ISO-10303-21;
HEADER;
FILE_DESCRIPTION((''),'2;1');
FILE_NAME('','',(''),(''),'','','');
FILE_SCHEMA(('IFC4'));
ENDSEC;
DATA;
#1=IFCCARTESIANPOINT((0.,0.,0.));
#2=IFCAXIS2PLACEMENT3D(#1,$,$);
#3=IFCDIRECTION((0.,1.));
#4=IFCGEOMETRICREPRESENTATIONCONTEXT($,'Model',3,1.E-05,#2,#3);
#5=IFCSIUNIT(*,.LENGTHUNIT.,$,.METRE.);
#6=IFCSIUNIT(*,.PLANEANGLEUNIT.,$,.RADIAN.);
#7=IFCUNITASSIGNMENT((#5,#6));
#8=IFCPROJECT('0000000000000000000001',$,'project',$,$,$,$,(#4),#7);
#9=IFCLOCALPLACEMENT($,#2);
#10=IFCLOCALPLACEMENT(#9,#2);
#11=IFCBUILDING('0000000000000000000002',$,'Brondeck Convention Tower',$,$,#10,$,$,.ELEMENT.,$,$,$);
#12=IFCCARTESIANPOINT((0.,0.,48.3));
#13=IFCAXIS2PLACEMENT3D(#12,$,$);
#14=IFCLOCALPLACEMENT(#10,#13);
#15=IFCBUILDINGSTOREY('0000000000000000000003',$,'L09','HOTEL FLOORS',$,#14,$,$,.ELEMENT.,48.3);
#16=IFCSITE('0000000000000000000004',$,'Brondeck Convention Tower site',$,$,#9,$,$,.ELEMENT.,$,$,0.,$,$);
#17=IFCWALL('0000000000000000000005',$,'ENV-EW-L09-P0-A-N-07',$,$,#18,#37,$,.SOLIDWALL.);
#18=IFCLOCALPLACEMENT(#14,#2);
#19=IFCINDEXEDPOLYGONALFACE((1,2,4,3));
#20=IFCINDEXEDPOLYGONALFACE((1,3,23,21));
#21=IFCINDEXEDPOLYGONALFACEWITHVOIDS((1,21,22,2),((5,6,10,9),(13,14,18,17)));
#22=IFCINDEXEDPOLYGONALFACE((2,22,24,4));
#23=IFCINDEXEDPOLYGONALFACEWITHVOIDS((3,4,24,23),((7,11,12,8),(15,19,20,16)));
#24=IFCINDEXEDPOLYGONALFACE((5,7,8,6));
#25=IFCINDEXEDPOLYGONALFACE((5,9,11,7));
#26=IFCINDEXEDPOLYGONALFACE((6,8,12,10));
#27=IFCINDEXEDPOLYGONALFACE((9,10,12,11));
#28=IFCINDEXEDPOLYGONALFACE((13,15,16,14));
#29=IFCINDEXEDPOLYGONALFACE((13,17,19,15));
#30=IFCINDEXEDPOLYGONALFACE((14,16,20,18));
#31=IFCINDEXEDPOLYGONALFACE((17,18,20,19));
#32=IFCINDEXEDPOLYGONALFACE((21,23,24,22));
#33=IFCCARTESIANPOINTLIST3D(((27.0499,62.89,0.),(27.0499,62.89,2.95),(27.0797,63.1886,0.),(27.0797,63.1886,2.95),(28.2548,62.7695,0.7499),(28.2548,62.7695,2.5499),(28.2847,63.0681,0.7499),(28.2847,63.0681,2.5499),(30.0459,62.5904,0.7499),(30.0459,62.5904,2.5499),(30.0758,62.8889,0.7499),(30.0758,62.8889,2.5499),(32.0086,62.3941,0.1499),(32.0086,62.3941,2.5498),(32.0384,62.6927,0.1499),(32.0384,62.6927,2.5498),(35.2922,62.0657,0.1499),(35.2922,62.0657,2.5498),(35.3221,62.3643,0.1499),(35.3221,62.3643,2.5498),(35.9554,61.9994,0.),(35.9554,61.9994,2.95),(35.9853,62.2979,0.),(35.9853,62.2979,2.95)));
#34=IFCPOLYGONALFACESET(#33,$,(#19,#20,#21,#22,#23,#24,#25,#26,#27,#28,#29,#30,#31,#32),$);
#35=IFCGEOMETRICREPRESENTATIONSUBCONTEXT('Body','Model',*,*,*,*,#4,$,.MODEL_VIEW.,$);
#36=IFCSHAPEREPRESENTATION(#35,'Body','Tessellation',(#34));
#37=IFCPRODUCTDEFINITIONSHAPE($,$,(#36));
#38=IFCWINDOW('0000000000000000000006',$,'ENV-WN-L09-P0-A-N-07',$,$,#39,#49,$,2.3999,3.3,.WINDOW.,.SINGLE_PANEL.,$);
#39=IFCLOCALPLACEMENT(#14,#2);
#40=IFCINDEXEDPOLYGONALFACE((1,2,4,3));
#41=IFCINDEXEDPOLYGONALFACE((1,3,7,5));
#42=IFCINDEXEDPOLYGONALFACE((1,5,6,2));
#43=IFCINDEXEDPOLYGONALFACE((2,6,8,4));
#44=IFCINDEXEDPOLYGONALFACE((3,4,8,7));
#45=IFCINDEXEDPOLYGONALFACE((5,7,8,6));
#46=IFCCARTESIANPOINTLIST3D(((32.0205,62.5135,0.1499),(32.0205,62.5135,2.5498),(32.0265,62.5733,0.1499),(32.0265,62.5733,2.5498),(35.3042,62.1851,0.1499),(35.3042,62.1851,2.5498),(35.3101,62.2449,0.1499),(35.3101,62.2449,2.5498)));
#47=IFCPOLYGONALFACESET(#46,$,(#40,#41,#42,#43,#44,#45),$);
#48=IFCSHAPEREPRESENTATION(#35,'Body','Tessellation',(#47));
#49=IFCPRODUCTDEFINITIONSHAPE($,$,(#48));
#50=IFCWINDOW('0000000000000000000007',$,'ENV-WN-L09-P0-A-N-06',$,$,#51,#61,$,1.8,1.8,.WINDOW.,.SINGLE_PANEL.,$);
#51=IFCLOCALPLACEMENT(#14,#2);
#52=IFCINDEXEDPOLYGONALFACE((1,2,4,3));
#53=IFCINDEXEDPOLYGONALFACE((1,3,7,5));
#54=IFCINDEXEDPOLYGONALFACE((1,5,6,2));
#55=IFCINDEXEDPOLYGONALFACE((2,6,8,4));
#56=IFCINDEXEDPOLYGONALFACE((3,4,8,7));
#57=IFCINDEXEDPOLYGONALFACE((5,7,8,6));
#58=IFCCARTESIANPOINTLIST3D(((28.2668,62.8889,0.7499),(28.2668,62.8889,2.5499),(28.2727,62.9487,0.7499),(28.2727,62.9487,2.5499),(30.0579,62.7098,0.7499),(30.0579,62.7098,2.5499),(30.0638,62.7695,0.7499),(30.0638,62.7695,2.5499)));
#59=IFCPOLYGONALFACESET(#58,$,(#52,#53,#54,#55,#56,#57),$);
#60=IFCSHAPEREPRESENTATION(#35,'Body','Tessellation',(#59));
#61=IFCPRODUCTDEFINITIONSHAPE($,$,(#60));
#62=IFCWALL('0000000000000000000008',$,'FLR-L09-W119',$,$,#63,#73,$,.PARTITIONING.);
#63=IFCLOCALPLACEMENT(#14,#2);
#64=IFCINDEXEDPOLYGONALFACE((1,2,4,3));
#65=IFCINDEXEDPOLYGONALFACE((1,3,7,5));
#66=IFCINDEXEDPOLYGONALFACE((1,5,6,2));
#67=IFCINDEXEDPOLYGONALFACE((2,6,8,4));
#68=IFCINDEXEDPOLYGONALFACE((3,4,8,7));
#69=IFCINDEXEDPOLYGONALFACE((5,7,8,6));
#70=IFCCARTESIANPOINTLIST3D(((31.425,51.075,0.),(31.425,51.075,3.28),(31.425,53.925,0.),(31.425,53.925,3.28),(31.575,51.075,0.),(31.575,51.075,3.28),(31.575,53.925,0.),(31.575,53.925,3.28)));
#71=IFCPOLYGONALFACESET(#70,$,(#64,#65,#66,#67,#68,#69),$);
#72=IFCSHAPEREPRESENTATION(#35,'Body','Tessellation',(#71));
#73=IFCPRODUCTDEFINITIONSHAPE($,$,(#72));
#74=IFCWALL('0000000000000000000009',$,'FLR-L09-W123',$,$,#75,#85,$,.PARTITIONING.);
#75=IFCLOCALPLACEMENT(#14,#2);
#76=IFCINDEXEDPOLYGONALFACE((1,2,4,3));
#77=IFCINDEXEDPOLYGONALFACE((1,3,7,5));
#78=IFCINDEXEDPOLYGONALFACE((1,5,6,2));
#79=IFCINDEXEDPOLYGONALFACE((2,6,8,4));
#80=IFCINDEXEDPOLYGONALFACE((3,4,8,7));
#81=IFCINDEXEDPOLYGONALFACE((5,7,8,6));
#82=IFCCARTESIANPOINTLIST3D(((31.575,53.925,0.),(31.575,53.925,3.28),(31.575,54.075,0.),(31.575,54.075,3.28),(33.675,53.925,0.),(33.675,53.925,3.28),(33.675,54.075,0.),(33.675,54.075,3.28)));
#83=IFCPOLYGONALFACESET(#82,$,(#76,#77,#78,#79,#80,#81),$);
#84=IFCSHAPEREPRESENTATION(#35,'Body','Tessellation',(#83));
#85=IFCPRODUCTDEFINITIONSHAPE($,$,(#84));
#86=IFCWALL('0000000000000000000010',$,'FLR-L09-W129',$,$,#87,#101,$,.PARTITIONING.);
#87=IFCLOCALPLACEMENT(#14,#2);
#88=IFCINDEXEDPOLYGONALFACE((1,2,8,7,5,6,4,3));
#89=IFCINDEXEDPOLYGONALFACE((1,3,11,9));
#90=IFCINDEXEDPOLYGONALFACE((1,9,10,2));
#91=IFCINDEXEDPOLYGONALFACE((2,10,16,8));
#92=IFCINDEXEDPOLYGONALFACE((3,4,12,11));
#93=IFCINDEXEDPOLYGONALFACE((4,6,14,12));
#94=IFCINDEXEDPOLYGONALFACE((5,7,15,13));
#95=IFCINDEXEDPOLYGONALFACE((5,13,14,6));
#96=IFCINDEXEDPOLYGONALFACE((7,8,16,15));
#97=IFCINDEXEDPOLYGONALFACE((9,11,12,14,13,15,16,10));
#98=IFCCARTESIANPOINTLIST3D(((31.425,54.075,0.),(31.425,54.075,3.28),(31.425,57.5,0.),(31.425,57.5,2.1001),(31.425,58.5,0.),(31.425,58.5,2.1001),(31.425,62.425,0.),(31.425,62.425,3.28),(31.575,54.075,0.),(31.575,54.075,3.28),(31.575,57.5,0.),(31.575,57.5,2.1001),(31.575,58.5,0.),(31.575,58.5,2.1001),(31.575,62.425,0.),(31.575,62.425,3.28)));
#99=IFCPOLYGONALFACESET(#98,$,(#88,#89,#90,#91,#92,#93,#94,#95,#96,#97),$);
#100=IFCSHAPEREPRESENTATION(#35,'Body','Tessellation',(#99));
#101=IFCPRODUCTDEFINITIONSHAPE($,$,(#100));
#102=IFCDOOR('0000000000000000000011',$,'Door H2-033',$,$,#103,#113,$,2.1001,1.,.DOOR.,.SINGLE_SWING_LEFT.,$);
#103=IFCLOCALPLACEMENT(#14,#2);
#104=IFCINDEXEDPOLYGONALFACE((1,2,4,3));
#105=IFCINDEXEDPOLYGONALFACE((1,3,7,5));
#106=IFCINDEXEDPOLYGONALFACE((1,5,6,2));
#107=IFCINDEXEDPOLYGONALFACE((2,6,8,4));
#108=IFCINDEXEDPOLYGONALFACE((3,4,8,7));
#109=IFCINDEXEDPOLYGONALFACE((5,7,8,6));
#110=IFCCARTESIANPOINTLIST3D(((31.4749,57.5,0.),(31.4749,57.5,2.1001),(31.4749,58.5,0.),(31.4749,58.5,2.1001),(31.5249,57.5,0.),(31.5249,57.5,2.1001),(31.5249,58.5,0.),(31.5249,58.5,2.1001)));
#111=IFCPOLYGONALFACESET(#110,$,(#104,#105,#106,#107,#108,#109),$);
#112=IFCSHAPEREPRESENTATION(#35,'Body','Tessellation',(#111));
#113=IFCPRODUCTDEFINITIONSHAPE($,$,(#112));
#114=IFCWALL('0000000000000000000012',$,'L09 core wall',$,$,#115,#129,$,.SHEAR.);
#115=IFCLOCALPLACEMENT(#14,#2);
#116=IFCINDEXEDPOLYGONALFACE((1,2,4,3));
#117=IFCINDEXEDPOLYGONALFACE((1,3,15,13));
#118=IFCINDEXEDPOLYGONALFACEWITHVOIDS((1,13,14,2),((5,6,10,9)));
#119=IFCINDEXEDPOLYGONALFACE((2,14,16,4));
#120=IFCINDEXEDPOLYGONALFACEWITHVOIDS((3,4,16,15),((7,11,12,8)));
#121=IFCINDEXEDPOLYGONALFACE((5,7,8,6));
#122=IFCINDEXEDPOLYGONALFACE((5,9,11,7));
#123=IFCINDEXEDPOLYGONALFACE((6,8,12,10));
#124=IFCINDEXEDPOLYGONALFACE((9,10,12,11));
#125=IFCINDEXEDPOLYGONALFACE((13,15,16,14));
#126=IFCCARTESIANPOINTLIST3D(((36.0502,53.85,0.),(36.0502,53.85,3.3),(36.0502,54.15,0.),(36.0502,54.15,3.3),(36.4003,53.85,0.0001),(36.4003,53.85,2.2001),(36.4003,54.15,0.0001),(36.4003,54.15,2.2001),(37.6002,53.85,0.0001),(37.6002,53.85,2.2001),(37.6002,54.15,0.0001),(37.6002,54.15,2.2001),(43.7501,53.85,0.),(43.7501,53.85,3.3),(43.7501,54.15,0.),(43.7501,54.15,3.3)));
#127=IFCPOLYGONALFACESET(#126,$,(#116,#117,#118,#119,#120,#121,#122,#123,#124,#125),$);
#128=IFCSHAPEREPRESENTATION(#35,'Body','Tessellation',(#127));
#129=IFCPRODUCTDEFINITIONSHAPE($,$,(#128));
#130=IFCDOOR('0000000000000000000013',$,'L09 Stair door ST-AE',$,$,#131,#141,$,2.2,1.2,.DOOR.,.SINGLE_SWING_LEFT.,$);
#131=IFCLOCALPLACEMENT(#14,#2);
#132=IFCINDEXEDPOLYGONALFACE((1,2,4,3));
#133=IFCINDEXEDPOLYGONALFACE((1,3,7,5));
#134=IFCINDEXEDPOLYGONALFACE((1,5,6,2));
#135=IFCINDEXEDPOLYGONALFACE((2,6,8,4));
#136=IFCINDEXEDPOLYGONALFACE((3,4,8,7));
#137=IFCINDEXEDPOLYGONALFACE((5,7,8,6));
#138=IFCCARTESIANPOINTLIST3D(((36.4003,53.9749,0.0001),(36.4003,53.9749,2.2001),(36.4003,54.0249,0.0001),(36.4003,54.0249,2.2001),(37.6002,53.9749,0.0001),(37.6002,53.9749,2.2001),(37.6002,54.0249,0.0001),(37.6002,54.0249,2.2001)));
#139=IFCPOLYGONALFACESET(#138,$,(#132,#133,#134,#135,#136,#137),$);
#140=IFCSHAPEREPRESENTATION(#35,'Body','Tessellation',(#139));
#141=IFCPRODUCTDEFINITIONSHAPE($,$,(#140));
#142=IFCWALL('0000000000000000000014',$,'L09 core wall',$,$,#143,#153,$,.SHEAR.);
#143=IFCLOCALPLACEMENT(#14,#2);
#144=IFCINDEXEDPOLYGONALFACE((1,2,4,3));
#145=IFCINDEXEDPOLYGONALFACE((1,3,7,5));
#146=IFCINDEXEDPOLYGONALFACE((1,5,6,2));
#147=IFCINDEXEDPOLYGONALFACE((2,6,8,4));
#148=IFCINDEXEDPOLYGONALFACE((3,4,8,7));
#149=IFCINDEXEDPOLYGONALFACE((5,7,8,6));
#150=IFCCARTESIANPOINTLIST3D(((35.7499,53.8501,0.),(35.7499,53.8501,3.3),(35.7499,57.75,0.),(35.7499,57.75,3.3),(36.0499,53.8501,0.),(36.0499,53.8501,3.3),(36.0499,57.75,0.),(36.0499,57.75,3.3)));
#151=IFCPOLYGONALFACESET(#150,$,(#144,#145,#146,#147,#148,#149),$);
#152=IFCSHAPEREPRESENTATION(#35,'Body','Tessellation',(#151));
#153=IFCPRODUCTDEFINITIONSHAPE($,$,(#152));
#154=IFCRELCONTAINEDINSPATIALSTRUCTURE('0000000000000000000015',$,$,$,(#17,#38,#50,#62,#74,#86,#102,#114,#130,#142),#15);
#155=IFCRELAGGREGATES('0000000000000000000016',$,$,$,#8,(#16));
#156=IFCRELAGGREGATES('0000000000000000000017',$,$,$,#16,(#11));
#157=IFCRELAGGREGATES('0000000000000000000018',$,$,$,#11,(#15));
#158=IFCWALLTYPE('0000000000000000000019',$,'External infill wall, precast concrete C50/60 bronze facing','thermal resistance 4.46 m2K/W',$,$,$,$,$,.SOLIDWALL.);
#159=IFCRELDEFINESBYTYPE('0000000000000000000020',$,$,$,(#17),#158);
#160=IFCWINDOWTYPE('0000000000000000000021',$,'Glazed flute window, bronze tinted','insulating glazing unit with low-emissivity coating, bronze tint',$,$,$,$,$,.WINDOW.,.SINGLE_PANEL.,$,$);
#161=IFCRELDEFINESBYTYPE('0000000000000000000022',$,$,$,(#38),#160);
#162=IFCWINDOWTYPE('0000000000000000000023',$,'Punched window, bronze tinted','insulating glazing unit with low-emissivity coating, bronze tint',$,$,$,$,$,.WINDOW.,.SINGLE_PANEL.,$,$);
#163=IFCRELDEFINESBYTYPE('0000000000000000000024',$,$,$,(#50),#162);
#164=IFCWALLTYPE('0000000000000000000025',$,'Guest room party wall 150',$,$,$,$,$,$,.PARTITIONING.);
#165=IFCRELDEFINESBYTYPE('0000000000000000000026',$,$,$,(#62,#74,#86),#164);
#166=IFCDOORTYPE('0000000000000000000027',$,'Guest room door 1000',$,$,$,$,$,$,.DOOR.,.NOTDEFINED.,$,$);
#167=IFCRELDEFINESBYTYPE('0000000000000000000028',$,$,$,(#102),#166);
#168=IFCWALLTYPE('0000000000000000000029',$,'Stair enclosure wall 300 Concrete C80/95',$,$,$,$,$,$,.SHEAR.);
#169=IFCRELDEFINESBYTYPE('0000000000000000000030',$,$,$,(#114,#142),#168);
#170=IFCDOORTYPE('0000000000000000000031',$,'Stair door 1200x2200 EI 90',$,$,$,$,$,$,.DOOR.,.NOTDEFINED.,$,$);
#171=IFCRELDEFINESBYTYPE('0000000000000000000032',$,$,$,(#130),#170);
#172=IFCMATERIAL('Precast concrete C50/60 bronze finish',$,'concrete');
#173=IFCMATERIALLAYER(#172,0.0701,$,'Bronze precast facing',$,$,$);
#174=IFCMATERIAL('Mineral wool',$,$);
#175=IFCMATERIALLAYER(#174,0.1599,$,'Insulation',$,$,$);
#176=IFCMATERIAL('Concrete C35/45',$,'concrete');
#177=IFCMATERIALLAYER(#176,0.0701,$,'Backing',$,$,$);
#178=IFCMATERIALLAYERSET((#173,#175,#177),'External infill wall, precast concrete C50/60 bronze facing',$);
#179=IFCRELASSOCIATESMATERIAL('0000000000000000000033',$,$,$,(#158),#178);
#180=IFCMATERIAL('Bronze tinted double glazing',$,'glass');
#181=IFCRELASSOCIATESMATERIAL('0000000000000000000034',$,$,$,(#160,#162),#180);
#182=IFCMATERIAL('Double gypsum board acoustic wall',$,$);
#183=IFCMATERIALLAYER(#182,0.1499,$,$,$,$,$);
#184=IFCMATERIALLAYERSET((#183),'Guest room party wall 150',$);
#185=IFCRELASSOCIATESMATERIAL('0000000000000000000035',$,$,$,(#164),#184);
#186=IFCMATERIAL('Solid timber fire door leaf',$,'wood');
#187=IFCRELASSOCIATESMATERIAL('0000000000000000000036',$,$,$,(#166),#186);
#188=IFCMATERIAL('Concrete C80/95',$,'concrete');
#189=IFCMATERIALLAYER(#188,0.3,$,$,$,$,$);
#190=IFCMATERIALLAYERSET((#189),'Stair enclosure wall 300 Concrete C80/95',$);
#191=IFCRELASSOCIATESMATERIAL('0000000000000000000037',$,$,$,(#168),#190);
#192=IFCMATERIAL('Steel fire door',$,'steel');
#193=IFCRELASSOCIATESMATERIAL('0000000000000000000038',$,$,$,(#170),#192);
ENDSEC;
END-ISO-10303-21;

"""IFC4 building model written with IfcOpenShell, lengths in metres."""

from ifc_helpers import new_model, si_unit, direction, frame, frame_2d, origin, place, context, subcontext, project, spatial, rectangle, extrude, material, layer, layer_set, type_object, element, fill, save


model = new_model("IFC4")

# Units and contexts
model_context = context("Model", 3, precision=1e-05, world=origin(), true_north=direction((0.0, 1.0)))
body_context = subcontext(model_context, "Body", "Model", "MODEL_VIEW")
ifc_project = project(units=[si_unit("LENGTHUNIT", "METRE"), si_unit("PLANEANGLEUNIT", "RADIAN")], contexts=[model_context])

# Site, building, storey
site_placement = place(None, origin())
site = spatial("IfcSite", under=ifc_project, at=site_placement, Name="Brondeck Convention Tower site", CompositionType="ELEMENT", RefElevation=0.0)
building_placement = place(site_placement, origin())
building = spatial("IfcBuilding", under=site, at=building_placement, Name="Brondeck Convention Tower", CompositionType="ELEMENT")
storey_placement = place(building_placement, frame((0.0, 0.0, 48.3)))
storey = spatial("IfcBuildingStorey", under=building, at=storey_placement, Name="L09", Description="HOTEL FLOORS", CompositionType="ELEMENT", Elevation=48.3)

# Shared definitions
ifc_material_1 = material(Name="Concrete C80/95", Category="concrete")

# Wall, openings, windows
ifc_material_2 = material(Name="Precast concrete C50/60 bronze finish", Category="concrete")
ifc_layer_1 = layer(ifc_material_2, 0.0701, Name="Bronze precast facing")
ifc_material_3 = material(Name="Mineral wool")
ifc_layer_2 = layer(ifc_material_3, 0.1599, Name="Insulation")
ifc_material_4 = material(Name="Concrete C35/45", Category="concrete")
ifc_layer_3 = layer(ifc_material_4, 0.0701, Name="Backing")
ifc_layer_set_1 = layer_set([ifc_layer_1, ifc_layer_2, ifc_layer_3], Name="External infill wall, precast concrete C50/60 bronze facing")
wall_type_1 = type_object("IfcWallType", Name="External infill wall, precast concrete C50/60 bronze facing", Description="thermal resistance 4.46 m2K/W", PredefinedType="SOLIDWALL", material=ifc_layer_set_1)
ifc_material_5 = material(Name="Bronze tinted double glazing", Category="glass")
window_type_1 = type_object("IfcWindowType", Name="Glazed flute window, bronze tinted", Description="insulating glazing unit with low-emissivity coating, bronze tint", PartitioningType="SINGLE_PANEL", PredefinedType="WINDOW", material=ifc_material_5)
window_type_2 = type_object("IfcWindowType", Name="Punched window, bronze tinted", Description="insulating glazing unit with low-emissivity coating, bronze tint", PartitioningType="SINGLE_PANEL", PredefinedType="WINDOW", material=ifc_material_5)
wall_1_placement = place(storey_placement, frame((27.0647, 63.0393, 0.0), z_axis=(0.0, 0.0, 1.0), x_axis=(0.995036, -0.099512, 0.0)))
wall_1 = element("IfcWall", 1, at=wall_1_placement, inside=storey, type_object=wall_type_1, Name="ENV-EW-L09-P0-A-N-07", PredefinedType="SOLIDWALL", context=body_context, shape_type="SweptSolid", body=[
    extrude(rectangle(XDim=8.95, YDim=0.3, at=frame_2d((4.4751, 0.0))), origin(), (0.0, 0.0, 1.0), 2.95),
])
opening_1_placement = place(wall_1_placement, frame((1.2112, 0.0, 0.75)))
opening_1 = element("IfcOpeningElement", 2, at=opening_1_placement, cuts=wall_1, PredefinedType="OPENING", context=body_context, shape_type="SweptSolid", body=[
    extrude(rectangle(XDim=1.8, YDim=1.8, at=frame_2d((0.8999, 0.8999))), frame((0.0, 0.1599, 0.0), z_axis=(0.0, -1.0, 0.0), x_axis=(1.0, 0.0, 0.0)), (0.0, 0.0, 1.0), 0.3201),
])
opening_2_placement = place(wall_1_placement, frame((4.9836, 0.0, 0.1499)))
opening_2 = element("IfcOpeningElement", 3, at=opening_2_placement, cuts=wall_1, PredefinedType="OPENING", context=body_context, shape_type="SweptSolid", body=[
    extrude(rectangle(XDim=3.3, YDim=2.3999, at=frame_2d((1.6499, 1.2))), frame((0.0, 0.1599, 0.0), z_axis=(0.0, -1.0, 0.0), x_axis=(1.0, 0.0, 0.0)), (0.0, 0.0, 1.0), 0.3201),
])
window_1_placement = place(opening_2_placement, origin())
window_1 = element("IfcWindow", 4, at=window_1_placement, inside=storey, type_object=window_type_1, Name="ENV-WN-L09-P0-A-N-07", OverallHeight=2.3999, OverallWidth=3.3, PartitioningType="SINGLE_PANEL", PredefinedType="WINDOW", context=body_context, shape_type="SweptSolid", body=[
    extrude(rectangle(XDim=3.3, YDim=2.3999, at=frame_2d((1.6499, 1.2))), frame((0.0, 0.03, 0.0), z_axis=(0.0, -1.0, 0.0), x_axis=(1.0, 0.0, 0.0)), (0.0, 0.0, 1.0), 0.0601),
])
fill(opening_2, window_1)
window_2_placement = place(opening_1_placement, origin())
window_2 = element("IfcWindow", 5, at=window_2_placement, inside=storey, type_object=window_type_2, Name="ENV-WN-L09-P0-A-N-06", OverallHeight=1.8, OverallWidth=1.8, PartitioningType="SINGLE_PANEL", PredefinedType="WINDOW", context=body_context, shape_type="SweptSolid", body=[
    extrude(rectangle(XDim=1.8, YDim=1.8, at=frame_2d((0.8999, 0.8999))), frame((0.0, 0.03, 0.0), z_axis=(0.0, -1.0, 0.0), x_axis=(1.0, 0.0, 0.0)), (0.0, 0.0, 1.0), 0.0601),
])
fill(opening_1, window_2)

# Walls
ifc_material_6 = material(Name="Double gypsum board acoustic wall")
ifc_layer_4 = layer(ifc_material_6, 0.1499)
ifc_layer_set_2 = layer_set([ifc_layer_4], Name="Guest room party wall 150")
wall_type_2 = type_object("IfcWallType", Name="Guest room party wall 150", PredefinedType="PARTITIONING", material=ifc_layer_set_2)
wall_2_placement = place(storey_placement, frame((31.5, 53.925, 0.0), z_axis=(0.0, 0.0, 1.0), x_axis=(0.0, -1.0, 0.0)))
element("IfcWall", 6, at=wall_2_placement, inside=storey, type_object=wall_type_2, Name="FLR-L09-W119", PredefinedType="PARTITIONING", context=body_context, shape_type="SweptSolid", body=[
    extrude(rectangle(XDim=2.8501, YDim=0.1499, at=frame_2d((1.425, 0.0))), origin(), (0.0, 0.0, 1.0), 3.28),
])
wall_3_placement = place(storey_placement, frame((33.675, 54.0, 0.0), z_axis=(0.0, 0.0, 1.0), x_axis=(-1.0, 0.0, 0.0)))
element("IfcWall", 7, at=wall_3_placement, inside=storey, type_object=wall_type_2, Name="FLR-L09-W123", PredefinedType="PARTITIONING", context=body_context, shape_type="SweptSolid", body=[
    extrude(rectangle(XDim=2.1001, YDim=0.1499, at=frame_2d((1.05, 0.0))), origin(), (0.0, 0.0, 1.0), 3.28),
])

# Walls, openings, doors
wall_4_placement = place(storey_placement, frame((31.5, 62.425, 0.0), z_axis=(0.0, 0.0, 1.0), x_axis=(0.0, -1.0, 0.0)))
wall_4 = element("IfcWall", 8, at=wall_4_placement, inside=storey, type_object=wall_type_2, Name="FLR-L09-W129", PredefinedType="PARTITIONING", context=body_context, shape_type="SweptSolid", body=[
    extrude(rectangle(XDim=8.3501, YDim=0.1499, at=frame_2d((4.175, 0.0))), origin(), (0.0, 0.0, 1.0), 3.28),
])
opening_3_placement = place(wall_4_placement, frame((3.925, 0.0, 0.0)))
opening_3 = element("IfcOpeningElement", 9, at=opening_3_placement, cuts=wall_4, PredefinedType="OPENING", context=body_context, shape_type="SweptSolid", body=[
    extrude(rectangle(XDim=1.0, YDim=2.1001, at=frame_2d((0.5, 1.05))), frame((0.0, 0.085, 0.0), z_axis=(0.0, -1.0, 0.0), x_axis=(1.0, 0.0, 0.0)), (0.0, 0.0, 1.0), 0.1699),
])
ifc_material_7 = material(Name="Solid timber fire door leaf", Category="wood")
door_type_1 = type_object("IfcDoorType", Name="Guest room door 1000", OperationType="NOTDEFINED", PredefinedType="DOOR", material=ifc_material_7)
door_1_placement = place(opening_3_placement, origin())
door_1 = element("IfcDoor", 10, at=door_1_placement, inside=storey, type_object=door_type_1, Name="Door H2-033", OperationType="SINGLE_SWING_LEFT", OverallHeight=2.1001, OverallWidth=1.0, PredefinedType="DOOR", context=body_context, shape_type="SweptSolid", body=[
    extrude(rectangle(XDim=1.0, YDim=2.1001, at=frame_2d((0.5, 1.05))), frame((0.0, 0.0249, 0.0), z_axis=(0.0, -1.0, 0.0), x_axis=(1.0, 0.0, 0.0)), (0.0, 0.0, 1.0), 0.05),
])
fill(opening_3, door_1)
ifc_layer_5 = layer(ifc_material_1, 0.3)
ifc_layer_set_3 = layer_set([ifc_layer_5], Name="Stair enclosure wall 300 Concrete C80/95")
wall_type_3 = type_object("IfcWallType", Name="Stair enclosure wall 300 Concrete C80/95", PredefinedType="SHEAR", material=ifc_layer_set_3)
wall_5_placement = place(storey_placement, frame((36.05, 54.0, 0.0), z_axis=(0.0, 0.0, 1.0), x_axis=(1.0, 0.0, 0.0)))
wall_5 = element("IfcWall", 11, at=wall_5_placement, inside=storey, type_object=wall_type_3, Name="L09 core wall", PredefinedType="SHEAR", context=body_context, shape_type="SweptSolid", body=[
    extrude(rectangle(XDim=7.7, YDim=0.3, at=frame_2d((3.8501, 0.0))), origin(), (0.0, 0.0, 1.0), 3.3),
])
opening_4_placement = place(wall_5_placement, frame((0.3501, 0.0, 0.0)))
opening_4 = element("IfcOpeningElement", 12, at=opening_4_placement, cuts=wall_5, PredefinedType="OPENING", context=body_context, shape_type="SweptSolid", body=[
    extrude(rectangle(XDim=1.2, YDim=2.2, at=frame_2d((0.6001, 1.1001))), frame((0.0, 0.1599, 0.0), z_axis=(0.0, -1.0, 0.0), x_axis=(1.0, 0.0, 0.0)), (0.0, 0.0, 1.0), 0.3201),
])
ifc_material_8 = material(Name="Steel fire door", Category="steel")
door_type_2 = type_object("IfcDoorType", Name="Stair door 1200x2200 EI 90", OperationType="NOTDEFINED", PredefinedType="DOOR", material=ifc_material_8)
door_2_placement = place(opening_4_placement, origin())
door_2 = element("IfcDoor", 13, at=door_2_placement, inside=storey, type_object=door_type_2, Name="L09 Stair door ST-AE", OperationType="SINGLE_SWING_LEFT", OverallHeight=2.2, OverallWidth=1.2, PredefinedType="DOOR", context=body_context, shape_type="SweptSolid", body=[
    extrude(rectangle(XDim=1.2, YDim=2.2, at=frame_2d((0.6001, 1.1001))), frame((0.0, 0.0249, 0.0), z_axis=(0.0, -1.0, 0.0), x_axis=(1.0, 0.0, 0.0)), (0.0, 0.0, 1.0), 0.05),
])
fill(opening_4, door_2)

# Wall
wall_6_placement = place(storey_placement, frame((35.8999, 53.8501, 0.0), z_axis=(0.0, 0.0, 1.0), x_axis=(0.0, 1.0, 0.0)))
element("IfcWall", 14, at=wall_6_placement, inside=storey, type_object=wall_type_3, Name="L09 core wall", PredefinedType="SHEAR", context=body_context, shape_type="SweptSolid", body=[
    extrude(rectangle(XDim=3.8999, YDim=0.3, at=frame_2d((1.95, 0.0))), origin(), (0.0, 0.0, 1.0), 3.3),
])

save(model, "model.ifc")
